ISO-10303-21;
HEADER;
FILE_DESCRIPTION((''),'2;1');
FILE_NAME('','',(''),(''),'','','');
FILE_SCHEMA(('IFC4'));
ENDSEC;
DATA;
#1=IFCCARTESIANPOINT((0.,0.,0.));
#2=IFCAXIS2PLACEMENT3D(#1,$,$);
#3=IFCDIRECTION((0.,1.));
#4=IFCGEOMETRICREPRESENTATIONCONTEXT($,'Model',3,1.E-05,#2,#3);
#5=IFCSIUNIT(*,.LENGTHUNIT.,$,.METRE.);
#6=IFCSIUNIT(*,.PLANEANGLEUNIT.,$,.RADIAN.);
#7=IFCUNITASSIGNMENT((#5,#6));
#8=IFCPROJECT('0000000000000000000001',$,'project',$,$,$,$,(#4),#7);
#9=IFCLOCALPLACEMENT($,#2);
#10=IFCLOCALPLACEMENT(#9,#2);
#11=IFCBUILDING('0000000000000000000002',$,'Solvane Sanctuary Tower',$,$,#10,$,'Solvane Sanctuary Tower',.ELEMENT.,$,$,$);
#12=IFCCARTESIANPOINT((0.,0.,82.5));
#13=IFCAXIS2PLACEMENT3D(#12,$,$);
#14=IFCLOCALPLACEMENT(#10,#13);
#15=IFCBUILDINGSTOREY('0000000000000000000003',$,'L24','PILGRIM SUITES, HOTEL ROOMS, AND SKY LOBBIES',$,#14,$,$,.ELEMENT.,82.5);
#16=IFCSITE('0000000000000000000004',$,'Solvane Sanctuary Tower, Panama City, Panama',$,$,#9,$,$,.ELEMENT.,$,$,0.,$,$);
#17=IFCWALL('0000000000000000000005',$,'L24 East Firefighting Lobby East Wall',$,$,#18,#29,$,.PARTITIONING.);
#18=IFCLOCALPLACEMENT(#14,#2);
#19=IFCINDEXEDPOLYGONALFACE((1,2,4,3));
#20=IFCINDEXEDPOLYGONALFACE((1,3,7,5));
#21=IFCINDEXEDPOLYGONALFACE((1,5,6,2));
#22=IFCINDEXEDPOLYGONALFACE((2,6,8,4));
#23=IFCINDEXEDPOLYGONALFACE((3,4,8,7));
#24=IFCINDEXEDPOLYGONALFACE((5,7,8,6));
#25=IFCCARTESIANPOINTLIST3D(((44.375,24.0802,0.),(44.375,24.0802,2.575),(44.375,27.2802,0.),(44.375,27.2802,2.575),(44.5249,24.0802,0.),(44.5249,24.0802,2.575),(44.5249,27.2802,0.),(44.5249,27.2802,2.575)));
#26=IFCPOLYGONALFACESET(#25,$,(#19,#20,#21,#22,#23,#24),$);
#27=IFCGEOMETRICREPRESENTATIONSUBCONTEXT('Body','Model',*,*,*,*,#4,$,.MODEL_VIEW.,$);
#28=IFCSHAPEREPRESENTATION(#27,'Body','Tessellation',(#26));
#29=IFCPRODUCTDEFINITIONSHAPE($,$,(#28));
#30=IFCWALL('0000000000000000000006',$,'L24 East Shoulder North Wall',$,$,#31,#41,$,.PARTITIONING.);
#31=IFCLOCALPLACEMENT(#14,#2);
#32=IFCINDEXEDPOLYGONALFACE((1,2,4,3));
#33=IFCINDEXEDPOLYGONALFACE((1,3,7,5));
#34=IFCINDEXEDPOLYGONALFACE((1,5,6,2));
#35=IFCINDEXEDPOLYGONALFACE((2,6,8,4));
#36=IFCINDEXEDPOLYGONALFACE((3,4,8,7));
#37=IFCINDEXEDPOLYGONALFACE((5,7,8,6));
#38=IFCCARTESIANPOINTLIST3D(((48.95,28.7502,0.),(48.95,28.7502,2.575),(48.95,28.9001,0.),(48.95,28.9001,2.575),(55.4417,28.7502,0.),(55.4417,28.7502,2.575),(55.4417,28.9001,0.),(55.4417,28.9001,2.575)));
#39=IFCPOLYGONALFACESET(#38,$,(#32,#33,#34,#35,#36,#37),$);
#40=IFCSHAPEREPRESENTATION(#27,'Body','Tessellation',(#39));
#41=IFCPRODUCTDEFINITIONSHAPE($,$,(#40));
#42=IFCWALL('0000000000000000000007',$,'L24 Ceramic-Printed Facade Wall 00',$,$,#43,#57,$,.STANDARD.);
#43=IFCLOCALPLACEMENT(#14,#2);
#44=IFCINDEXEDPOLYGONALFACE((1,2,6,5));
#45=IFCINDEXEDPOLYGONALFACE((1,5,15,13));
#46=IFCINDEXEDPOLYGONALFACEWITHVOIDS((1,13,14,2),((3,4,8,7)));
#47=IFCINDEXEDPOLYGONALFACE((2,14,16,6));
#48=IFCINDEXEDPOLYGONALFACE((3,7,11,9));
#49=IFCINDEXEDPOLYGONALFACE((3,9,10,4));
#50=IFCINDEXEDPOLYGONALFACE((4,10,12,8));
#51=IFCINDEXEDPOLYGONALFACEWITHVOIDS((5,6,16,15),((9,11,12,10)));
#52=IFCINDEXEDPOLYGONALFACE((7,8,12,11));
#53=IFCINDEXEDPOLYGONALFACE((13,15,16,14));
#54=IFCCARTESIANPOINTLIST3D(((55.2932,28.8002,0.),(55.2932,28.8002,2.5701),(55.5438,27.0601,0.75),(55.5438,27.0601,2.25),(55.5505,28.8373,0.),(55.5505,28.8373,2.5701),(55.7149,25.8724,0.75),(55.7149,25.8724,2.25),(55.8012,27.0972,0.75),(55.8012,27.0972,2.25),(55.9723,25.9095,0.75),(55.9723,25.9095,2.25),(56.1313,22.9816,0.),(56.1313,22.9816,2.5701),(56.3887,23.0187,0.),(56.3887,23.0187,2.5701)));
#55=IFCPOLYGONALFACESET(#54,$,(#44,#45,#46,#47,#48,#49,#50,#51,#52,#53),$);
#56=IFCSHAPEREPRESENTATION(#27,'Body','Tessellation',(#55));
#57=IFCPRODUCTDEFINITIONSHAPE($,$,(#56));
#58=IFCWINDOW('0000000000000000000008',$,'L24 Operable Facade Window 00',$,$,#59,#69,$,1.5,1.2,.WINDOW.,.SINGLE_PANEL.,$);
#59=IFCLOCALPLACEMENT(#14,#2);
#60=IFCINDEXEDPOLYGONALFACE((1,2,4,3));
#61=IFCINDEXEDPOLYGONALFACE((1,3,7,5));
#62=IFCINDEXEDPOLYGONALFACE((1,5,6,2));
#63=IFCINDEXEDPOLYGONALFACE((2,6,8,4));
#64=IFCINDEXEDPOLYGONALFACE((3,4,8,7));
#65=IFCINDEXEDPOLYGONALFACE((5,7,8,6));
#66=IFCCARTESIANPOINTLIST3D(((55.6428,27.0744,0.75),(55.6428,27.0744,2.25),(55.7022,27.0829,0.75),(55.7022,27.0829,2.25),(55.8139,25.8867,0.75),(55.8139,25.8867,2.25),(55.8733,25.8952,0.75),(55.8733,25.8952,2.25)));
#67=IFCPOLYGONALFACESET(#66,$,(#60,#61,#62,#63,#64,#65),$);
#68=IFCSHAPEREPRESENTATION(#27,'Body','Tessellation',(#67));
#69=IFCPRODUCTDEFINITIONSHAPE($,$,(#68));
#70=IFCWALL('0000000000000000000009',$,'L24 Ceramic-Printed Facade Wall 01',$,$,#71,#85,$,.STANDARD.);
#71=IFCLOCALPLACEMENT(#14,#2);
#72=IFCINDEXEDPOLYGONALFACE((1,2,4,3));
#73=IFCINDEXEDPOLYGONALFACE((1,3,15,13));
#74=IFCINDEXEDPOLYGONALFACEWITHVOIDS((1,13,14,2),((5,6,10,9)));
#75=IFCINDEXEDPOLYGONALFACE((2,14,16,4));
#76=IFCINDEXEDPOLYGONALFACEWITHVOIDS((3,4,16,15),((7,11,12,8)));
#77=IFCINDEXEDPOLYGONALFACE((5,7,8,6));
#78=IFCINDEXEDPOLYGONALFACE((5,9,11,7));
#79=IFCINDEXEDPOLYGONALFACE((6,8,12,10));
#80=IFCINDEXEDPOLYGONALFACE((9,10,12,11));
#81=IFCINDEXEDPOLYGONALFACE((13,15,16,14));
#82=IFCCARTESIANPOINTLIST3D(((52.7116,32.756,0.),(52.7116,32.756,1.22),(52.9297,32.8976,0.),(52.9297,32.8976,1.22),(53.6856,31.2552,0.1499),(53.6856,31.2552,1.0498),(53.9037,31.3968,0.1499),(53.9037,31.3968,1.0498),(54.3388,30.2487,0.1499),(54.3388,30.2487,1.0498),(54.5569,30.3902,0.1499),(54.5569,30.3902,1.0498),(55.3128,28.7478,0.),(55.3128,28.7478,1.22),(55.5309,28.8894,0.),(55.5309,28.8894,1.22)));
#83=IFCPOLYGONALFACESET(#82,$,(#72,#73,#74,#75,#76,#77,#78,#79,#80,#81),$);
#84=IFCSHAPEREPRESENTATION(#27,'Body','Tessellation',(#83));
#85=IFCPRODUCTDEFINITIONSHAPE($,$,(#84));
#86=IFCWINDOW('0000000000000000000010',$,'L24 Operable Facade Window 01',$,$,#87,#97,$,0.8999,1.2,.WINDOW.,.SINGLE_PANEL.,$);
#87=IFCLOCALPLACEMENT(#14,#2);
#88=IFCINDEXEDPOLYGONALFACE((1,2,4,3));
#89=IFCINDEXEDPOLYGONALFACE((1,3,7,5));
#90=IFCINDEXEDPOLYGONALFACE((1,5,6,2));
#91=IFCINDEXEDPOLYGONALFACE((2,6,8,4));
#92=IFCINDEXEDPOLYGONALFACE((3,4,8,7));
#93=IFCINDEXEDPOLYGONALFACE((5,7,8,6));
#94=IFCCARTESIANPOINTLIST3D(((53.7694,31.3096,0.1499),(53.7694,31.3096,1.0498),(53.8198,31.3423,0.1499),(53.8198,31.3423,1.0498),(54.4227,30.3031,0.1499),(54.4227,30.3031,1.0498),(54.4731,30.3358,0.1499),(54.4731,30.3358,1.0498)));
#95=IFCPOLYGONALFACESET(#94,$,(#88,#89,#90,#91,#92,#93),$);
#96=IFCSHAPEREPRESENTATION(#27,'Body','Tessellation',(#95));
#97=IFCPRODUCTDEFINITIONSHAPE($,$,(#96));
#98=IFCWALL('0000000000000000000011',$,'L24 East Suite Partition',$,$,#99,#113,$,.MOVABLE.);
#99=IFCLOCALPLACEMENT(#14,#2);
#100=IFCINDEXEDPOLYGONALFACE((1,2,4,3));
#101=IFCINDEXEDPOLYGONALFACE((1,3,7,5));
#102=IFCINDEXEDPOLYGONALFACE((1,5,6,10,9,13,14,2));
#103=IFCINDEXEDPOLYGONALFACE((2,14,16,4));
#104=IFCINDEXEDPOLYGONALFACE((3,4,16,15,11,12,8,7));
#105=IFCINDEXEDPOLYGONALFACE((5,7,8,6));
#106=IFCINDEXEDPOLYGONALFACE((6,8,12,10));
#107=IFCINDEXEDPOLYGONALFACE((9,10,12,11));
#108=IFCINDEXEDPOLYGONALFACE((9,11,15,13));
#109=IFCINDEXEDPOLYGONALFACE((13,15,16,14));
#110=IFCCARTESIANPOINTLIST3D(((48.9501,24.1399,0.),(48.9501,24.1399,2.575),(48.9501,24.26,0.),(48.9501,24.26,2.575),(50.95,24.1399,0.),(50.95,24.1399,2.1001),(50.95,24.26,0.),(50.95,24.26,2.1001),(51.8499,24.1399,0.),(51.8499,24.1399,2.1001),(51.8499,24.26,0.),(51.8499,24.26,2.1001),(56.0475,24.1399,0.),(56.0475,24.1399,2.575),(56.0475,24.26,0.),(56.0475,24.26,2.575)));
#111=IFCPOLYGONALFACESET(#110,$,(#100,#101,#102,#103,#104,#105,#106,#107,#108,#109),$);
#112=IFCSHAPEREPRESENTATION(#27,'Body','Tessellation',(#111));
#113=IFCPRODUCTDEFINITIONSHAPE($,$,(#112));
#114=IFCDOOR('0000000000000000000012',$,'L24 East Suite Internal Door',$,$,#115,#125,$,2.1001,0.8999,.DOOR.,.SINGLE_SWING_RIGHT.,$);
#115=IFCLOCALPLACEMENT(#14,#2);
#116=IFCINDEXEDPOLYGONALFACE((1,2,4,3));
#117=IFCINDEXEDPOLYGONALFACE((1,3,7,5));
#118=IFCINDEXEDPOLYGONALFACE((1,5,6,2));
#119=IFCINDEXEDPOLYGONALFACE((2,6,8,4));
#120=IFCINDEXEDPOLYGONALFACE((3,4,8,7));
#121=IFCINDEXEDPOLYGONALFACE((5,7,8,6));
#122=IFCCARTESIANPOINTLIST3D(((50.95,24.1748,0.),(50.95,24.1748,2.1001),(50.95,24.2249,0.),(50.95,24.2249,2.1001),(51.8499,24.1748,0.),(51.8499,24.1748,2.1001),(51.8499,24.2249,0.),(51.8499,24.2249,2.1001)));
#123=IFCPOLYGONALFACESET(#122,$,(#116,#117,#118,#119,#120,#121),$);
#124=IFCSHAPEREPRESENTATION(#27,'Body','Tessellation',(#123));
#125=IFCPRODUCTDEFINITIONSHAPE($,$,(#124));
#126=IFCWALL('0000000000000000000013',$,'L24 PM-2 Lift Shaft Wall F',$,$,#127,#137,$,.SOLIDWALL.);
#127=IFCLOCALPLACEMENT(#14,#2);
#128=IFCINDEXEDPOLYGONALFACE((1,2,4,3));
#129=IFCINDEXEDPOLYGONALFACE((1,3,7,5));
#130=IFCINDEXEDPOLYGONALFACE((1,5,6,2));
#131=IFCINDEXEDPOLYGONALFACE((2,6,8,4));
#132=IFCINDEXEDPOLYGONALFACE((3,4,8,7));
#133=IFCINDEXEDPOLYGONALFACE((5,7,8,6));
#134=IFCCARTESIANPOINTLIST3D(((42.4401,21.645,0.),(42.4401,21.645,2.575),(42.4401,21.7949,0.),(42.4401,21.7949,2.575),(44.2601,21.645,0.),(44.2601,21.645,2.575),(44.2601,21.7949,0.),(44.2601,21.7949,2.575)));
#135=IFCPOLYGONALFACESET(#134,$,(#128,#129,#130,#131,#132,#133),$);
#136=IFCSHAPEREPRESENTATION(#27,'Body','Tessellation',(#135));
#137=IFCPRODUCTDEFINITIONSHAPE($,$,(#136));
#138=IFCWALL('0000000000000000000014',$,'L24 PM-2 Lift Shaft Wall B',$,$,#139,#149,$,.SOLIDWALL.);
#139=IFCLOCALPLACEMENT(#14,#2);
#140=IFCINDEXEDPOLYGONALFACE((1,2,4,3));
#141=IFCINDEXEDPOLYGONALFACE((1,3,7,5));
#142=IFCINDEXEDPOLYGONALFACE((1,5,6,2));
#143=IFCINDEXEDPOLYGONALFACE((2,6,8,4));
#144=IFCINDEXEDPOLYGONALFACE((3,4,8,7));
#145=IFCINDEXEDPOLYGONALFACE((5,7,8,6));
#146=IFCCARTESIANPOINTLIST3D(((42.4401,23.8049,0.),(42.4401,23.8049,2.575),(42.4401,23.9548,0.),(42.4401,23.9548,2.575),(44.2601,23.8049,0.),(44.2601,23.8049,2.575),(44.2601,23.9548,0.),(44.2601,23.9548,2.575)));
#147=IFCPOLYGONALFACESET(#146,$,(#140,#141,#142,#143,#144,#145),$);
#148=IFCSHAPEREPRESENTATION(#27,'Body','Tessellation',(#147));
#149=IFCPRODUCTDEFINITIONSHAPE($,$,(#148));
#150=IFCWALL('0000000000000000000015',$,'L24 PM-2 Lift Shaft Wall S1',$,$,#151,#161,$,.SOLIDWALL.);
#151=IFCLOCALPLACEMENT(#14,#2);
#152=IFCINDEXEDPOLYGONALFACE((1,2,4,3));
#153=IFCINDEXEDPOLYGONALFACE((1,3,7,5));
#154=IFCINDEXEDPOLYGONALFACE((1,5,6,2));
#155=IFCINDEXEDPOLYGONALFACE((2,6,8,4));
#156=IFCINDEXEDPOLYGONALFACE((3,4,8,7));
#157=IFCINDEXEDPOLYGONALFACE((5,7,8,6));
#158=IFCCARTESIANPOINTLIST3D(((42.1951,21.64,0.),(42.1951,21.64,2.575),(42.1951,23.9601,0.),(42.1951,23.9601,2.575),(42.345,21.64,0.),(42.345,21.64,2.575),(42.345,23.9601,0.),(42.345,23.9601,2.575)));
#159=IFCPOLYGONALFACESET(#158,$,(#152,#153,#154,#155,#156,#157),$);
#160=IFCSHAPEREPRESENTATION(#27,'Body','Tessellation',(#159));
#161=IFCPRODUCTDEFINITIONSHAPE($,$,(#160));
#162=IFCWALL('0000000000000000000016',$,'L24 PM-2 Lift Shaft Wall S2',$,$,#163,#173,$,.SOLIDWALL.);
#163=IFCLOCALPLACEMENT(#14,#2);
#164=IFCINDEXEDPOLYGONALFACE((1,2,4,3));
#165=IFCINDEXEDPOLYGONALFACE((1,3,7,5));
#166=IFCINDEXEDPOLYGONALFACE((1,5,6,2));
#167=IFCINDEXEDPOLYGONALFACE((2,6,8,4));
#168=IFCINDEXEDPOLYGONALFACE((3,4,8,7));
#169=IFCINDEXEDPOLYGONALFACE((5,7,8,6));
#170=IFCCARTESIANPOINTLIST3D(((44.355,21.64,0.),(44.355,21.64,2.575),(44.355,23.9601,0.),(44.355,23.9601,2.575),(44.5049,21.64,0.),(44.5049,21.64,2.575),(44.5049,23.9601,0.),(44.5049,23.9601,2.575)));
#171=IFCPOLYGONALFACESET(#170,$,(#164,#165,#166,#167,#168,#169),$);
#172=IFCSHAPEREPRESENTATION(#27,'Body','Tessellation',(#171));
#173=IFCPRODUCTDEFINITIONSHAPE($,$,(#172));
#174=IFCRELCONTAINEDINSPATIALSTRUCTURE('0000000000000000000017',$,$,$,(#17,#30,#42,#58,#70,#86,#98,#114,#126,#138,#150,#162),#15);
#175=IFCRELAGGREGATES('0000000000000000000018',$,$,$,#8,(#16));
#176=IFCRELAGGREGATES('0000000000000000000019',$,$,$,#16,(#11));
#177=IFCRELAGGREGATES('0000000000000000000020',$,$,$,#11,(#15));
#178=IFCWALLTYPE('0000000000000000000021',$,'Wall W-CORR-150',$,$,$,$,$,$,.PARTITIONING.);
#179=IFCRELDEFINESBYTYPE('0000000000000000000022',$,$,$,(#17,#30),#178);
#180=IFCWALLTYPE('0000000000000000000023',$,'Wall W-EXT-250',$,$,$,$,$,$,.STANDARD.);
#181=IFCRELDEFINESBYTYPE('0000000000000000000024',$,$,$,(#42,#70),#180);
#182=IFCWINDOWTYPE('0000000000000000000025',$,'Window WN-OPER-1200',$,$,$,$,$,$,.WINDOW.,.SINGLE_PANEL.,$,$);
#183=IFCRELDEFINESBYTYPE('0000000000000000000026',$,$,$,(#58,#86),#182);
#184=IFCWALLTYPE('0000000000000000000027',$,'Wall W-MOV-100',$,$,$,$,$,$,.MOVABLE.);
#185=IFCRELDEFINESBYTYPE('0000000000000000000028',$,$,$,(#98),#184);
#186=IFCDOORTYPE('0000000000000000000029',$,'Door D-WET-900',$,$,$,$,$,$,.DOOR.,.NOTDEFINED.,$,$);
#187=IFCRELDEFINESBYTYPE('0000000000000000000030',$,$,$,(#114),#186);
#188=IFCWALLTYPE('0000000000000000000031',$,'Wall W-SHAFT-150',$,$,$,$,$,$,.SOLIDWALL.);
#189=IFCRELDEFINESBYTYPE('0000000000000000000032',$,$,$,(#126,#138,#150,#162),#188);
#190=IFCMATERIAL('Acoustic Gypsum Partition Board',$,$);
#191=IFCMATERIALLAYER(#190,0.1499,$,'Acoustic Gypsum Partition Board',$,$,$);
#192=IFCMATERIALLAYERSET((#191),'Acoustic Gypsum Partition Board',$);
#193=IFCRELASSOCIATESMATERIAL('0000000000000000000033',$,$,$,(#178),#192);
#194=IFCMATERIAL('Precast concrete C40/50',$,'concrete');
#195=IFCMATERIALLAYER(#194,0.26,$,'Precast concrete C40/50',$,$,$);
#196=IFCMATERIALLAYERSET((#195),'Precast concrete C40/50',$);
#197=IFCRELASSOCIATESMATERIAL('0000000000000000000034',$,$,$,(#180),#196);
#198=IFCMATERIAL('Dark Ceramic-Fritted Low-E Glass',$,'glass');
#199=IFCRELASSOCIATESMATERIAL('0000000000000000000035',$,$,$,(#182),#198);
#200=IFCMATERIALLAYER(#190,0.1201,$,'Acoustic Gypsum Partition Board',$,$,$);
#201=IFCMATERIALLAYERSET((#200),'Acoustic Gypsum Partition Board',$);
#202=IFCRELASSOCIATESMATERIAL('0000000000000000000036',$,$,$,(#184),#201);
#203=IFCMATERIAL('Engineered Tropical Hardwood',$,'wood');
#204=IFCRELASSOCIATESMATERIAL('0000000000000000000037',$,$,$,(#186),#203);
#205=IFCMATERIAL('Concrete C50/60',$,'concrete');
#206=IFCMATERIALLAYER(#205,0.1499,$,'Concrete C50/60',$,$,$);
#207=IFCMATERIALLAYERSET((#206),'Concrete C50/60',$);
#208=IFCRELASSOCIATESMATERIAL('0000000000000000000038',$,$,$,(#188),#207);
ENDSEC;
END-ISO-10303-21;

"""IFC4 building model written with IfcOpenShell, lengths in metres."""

from ifc_helpers import new_model, si_unit, direction, frame, frame_2d, origin, place, context, subcontext, project, spatial, rectangle, extrude, material, layer, layer_set, type_object, element, fill, save


model = new_model("IFC4")

# Units and contexts
model_context = context("Model", 3, precision=1e-05, world=origin(), true_north=direction((0.0, 1.0)))
body_context = subcontext(model_context, "Body", "Model", "MODEL_VIEW")
ifc_project = project(units=[si_unit("LENGTHUNIT", "METRE"), si_unit("PLANEANGLEUNIT", "RADIAN")], contexts=[model_context])

# Site, building, storey
site_placement = place(None, origin())
site = spatial("IfcSite", under=ifc_project, at=site_placement, Name="Solvane Sanctuary Tower, Panama City, Panama", CompositionType="ELEMENT", RefElevation=0.0)
building_placement = place(site_placement, origin())
building = spatial("IfcBuilding", under=site, at=building_placement, Name="Solvane Sanctuary Tower", LongName="Solvane Sanctuary Tower", CompositionType="ELEMENT")
storey_placement = place(building_placement, frame((0.0, 0.0, 82.5)))
storey = spatial("IfcBuildingStorey", under=building, at=storey_placement, Name="L24", Description="PILGRIM SUITES, HOTEL ROOMS, AND SKY LOBBIES", CompositionType="ELEMENT", Elevation=82.5)

# Walls
ifc_material_1 = material(Name="Acoustic Gypsum Partition Board")
ifc_layer_1 = layer(ifc_material_1, 0.1499, Name="Acoustic Gypsum Partition Board")
ifc_layer_set_1 = layer_set([ifc_layer_1], Name="Acoustic Gypsum Partition Board")
wall_type_1 = type_object("IfcWallType", Name="Wall W-CORR-150", PredefinedType="PARTITIONING", material=ifc_layer_set_1)
wall_1_placement = place(storey_placement, frame((44.45, 24.0801, 0.0), z_axis=(0.0, 0.0, 1.0), x_axis=(0.0, 1.0, 0.0)))
element("IfcWall", 1, at=wall_1_placement, inside=storey, type_object=wall_type_1, Name="L24 East Firefighting Lobby East Wall", PredefinedType="PARTITIONING", context=body_context, shape_type="SweptSolid", body=[
    extrude(rectangle(XDim=3.2, YDim=0.1499, at=frame_2d((1.6001, 0.0))), origin(), (0.0, 0.0, 1.0), 2.575),
])
wall_2_placement = place(storey_placement, frame((48.95, 28.8252, 0.0), z_axis=(0.0, 0.0, 1.0), x_axis=(1.0, 0.0, 0.0)))
element("IfcWall", 2, at=wall_2_placement, inside=storey, type_object=wall_type_1, Name="L24 East Shoulder North Wall", PredefinedType="PARTITIONING", context=body_context, shape_type="SweptSolid", body=[
    extrude(rectangle(XDim=6.4917, YDim=0.1499, at=frame_2d((3.2458, 0.0))), origin(), (0.0, 0.0, 1.0), 2.575),
])

# Walls, openings, windows
ifc_material_2 = material(Name="Precast concrete C40/50", Category="concrete")
ifc_layer_2 = layer(ifc_material_2, 0.26, Name="Precast concrete C40/50")
ifc_layer_set_2 = layer_set([ifc_layer_2], Name="Precast concrete C40/50")
wall_type_2 = type_object("IfcWallType", Name="Wall W-EXT-250", PredefinedType="STANDARD", material=ifc_layer_set_2)
wall_3_placement = place(storey_placement, frame((56.26, 23.0, 0.0), z_axis=(0.0, 0.0, 1.0), x_axis=(-0.142572, 0.989784, 0.0)))
wall_3 = element("IfcWall", 3, at=wall_3_placement, inside=storey, type_object=wall_type_2, Name="L24 Ceramic-Printed Facade Wall 00", PredefinedType="STANDARD", context=body_context, shape_type="SweptSolid", body=[
    extrude(rectangle(XDim=5.8787, YDim=0.26, at=frame_2d((2.9395, 0.0))), origin(), (0.0, 0.0, 1.0), 2.5701),
])
opening_1_placement = place(wall_3_placement, frame((2.9207, 0.0, 0.75)))
opening_1 = element("IfcOpeningElement", 4, at=opening_1_placement, cuts=wall_3, PredefinedType="OPENING", context=body_context, shape_type="SweptSolid", body=[
    extrude(rectangle(XDim=1.2, YDim=1.5, at=frame_2d((0.6001, 0.75))), frame((0.0, 0.1399, 0.0), z_axis=(0.0, -1.0, 0.0), x_axis=(1.0, 0.0, 0.0)), (0.0, 0.0, 1.0), 0.28),
])
ifc_material_3 = material(Name="Dark Ceramic-Fritted Low-E Glass", Category="glass")
window_type = type_object("IfcWindowType", Name="Window WN-OPER-1200", PartitioningType="SINGLE_PANEL", PredefinedType="WINDOW", material=ifc_material_3)
window_1_placement = place(opening_1_placement, origin())
window_1 = element("IfcWindow", 5, at=window_1_placement, inside=storey, type_object=window_type, Name="L24 Operable Facade Window 00", OverallHeight=1.5, OverallWidth=1.2, PartitioningType="SINGLE_PANEL", PredefinedType="WINDOW", context=body_context, shape_type="SweptSolid", body=[
    extrude(rectangle(XDim=1.2, YDim=1.5, at=frame_2d((0.6001, 0.75))), frame((0.0, 0.03, 0.0), z_axis=(0.0, -1.0, 0.0), x_axis=(1.0, 0.0, 0.0)), (0.0, 0.0, 1.0), 0.0601),
])
fill(opening_1, window_1)
wall_4_placement = place(storey_placement, frame((55.4219, 28.8186, 0.0), z_axis=(0.0, 0.0, 1.0), x_axis=(-0.544388, 0.838833, 0.0)))
wall_4 = element("IfcWall", 6, at=wall_4_placement, inside=storey, type_object=wall_type_2, Name="L24 Ceramic-Printed Facade Wall 01", PredefinedType="STANDARD", context=body_context, shape_type="SweptSolid", body=[
    extrude(rectangle(XDim=4.7783, YDim=0.26, at=frame_2d((2.3892, 0.0))), origin(), (0.0, 0.0, 1.0), 1.22),
])
opening_2_placement = place(wall_4_placement, frame((1.7891, 0.0, 0.1499)))
opening_2 = element("IfcOpeningElement", 7, at=opening_2_placement, cuts=wall_4, PredefinedType="OPENING", context=body_context, shape_type="SweptSolid", body=[
    extrude(rectangle(XDim=1.2, YDim=0.8999, at=frame_2d((0.6001, 0.45))), frame((0.0, 0.1399, 0.0), z_axis=(0.0, -1.0, 0.0), x_axis=(1.0, 0.0, 0.0)), (0.0, 0.0, 1.0), 0.28),
])
window_2_placement = place(opening_2_placement, origin())
window_2 = element("IfcWindow", 8, at=window_2_placement, inside=storey, type_object=window_type, Name="L24 Operable Facade Window 01", OverallHeight=0.8999, OverallWidth=1.2, PartitioningType="SINGLE_PANEL", PredefinedType="WINDOW", context=body_context, shape_type="SweptSolid", body=[
    extrude(rectangle(XDim=1.2, YDim=0.8999, at=frame_2d((0.6001, 0.45))), frame((0.0, 0.03, 0.0), z_axis=(0.0, -1.0, 0.0), x_axis=(1.0, 0.0, 0.0)), (0.0, 0.0, 1.0), 0.0601),
])
fill(opening_2, window_2)

# Wall, opening, door
ifc_layer_3 = layer(ifc_material_1, 0.1201, Name="Acoustic Gypsum Partition Board")
ifc_layer_set_3 = layer_set([ifc_layer_3], Name="Acoustic Gypsum Partition Board")
wall_type_3 = type_object("IfcWallType", Name="Wall W-MOV-100", PredefinedType="MOVABLE", material=ifc_layer_set_3)
wall_5_placement = place(storey_placement, frame((48.95, 24.2, 0.0), z_axis=(0.0, 0.0, 1.0), x_axis=(1.0, 0.0, 0.0)))
wall_5 = element("IfcWall", 9, at=wall_5_placement, inside=storey, type_object=wall_type_3, Name="L24 East Suite Partition", PredefinedType="MOVABLE", context=body_context, shape_type="SweptSolid", body=[
    extrude(rectangle(XDim=7.0974, YDim=0.1201, at=frame_2d((3.5488, 0.0))), origin(), (0.0, 0.0, 1.0), 2.575),
])
opening_3_placement = place(wall_5_placement, frame((2.0, 0.0, 0.0)))
opening_3 = element("IfcOpeningElement", 10, at=opening_3_placement, cuts=wall_5, PredefinedType="OPENING", context=body_context, shape_type="SweptSolid", body=[
    extrude(rectangle(XDim=0.8999, YDim=2.1001, at=frame_2d((0.45, 1.05))), frame((0.0, 0.0701, 0.0), z_axis=(0.0, -1.0, 0.0), x_axis=(1.0, 0.0, 0.0)), (0.0, 0.0, 1.0), 0.1401),
])
ifc_material_4 = material(Name="Engineered Tropical Hardwood", Category="wood")
door_type_1 = type_object("IfcDoorType", Name="Door D-WET-900", OperationType="NOTDEFINED", PredefinedType="DOOR", material=ifc_material_4)
door_1_placement = place(opening_3_placement, origin())
door_1 = element("IfcDoor", 11, at=door_1_placement, inside=storey, type_object=door_type_1, Name="L24 East Suite Internal Door", OperationType="SINGLE_SWING_RIGHT", OverallHeight=2.1001, OverallWidth=0.8999, PredefinedType="DOOR", context=body_context, shape_type="SweptSolid", body=[
    extrude(rectangle(XDim=0.8999, YDim=2.1001, at=frame_2d((0.45, 1.05))), frame((0.0, 0.0249, 0.0), z_axis=(0.0, -1.0, 0.0), x_axis=(1.0, 0.0, 0.0)), (0.0, 0.0, 1.0), 0.05),
])
fill(opening_3, door_1)

# Walls
ifc_material_5 = material(Name="Concrete C50/60", Category="concrete")
ifc_layer_4 = layer(ifc_material_5, 0.1499, Name="Concrete C50/60")
ifc_layer_set_4 = layer_set([ifc_layer_4], Name="Concrete C50/60")
wall_type_4 = type_object("IfcWallType", Name="Wall W-SHAFT-150", PredefinedType="SOLIDWALL", material=ifc_layer_set_4)
for number, where, z_axis, x_axis, name in (
    (12, (42.4399, 21.72, 0.0), (0.0, 0.0, 1.0), (1.0, 0.0, 0.0), "L24 PM-2 Lift Shaft Wall F"),
    (13, (42.4399, 23.8799, 0.0), (0.0, 0.0, 1.0), (1.0, 0.0, 0.0), "L24 PM-2 Lift Shaft Wall B"),
):
    element("IfcWall", number, at=place(storey_placement, frame(where, z_axis=z_axis, x_axis=x_axis)), inside=storey, type_object=wall_type_4, Name=name, PredefinedType="SOLIDWALL", context=body_context, shape_type="SweptSolid", body=[
        extrude(rectangle(XDim=1.8201, YDim=0.1499, at=frame_2d((0.9102, 0.0))), origin(), (0.0, 0.0, 1.0), 2.575),
    ])
for number, where, z_axis, x_axis, name in (
    (14, (42.27, 21.6399, 0.0), (0.0, 0.0, 1.0), (0.0, 1.0, 0.0), "L24 PM-2 Lift Shaft Wall S1"),
    (15, (44.4299, 21.6399, 0.0), (0.0, 0.0, 1.0), (0.0, 1.0, 0.0), "L24 PM-2 Lift Shaft Wall S2"),
):
    element("IfcWall", number, at=place(storey_placement, frame(where, z_axis=z_axis, x_axis=x_axis)), inside=storey, type_object=wall_type_4, Name=name, PredefinedType="SOLIDWALL", context=body_context, shape_type="SweptSolid", body=[
        extrude(rectangle(XDim=2.3201, YDim=0.1499, at=frame_2d((1.1602, 0.0))), origin(), (0.0, 0.0, 1.0), 2.575),
    ])

save(model, "model.ifc")
